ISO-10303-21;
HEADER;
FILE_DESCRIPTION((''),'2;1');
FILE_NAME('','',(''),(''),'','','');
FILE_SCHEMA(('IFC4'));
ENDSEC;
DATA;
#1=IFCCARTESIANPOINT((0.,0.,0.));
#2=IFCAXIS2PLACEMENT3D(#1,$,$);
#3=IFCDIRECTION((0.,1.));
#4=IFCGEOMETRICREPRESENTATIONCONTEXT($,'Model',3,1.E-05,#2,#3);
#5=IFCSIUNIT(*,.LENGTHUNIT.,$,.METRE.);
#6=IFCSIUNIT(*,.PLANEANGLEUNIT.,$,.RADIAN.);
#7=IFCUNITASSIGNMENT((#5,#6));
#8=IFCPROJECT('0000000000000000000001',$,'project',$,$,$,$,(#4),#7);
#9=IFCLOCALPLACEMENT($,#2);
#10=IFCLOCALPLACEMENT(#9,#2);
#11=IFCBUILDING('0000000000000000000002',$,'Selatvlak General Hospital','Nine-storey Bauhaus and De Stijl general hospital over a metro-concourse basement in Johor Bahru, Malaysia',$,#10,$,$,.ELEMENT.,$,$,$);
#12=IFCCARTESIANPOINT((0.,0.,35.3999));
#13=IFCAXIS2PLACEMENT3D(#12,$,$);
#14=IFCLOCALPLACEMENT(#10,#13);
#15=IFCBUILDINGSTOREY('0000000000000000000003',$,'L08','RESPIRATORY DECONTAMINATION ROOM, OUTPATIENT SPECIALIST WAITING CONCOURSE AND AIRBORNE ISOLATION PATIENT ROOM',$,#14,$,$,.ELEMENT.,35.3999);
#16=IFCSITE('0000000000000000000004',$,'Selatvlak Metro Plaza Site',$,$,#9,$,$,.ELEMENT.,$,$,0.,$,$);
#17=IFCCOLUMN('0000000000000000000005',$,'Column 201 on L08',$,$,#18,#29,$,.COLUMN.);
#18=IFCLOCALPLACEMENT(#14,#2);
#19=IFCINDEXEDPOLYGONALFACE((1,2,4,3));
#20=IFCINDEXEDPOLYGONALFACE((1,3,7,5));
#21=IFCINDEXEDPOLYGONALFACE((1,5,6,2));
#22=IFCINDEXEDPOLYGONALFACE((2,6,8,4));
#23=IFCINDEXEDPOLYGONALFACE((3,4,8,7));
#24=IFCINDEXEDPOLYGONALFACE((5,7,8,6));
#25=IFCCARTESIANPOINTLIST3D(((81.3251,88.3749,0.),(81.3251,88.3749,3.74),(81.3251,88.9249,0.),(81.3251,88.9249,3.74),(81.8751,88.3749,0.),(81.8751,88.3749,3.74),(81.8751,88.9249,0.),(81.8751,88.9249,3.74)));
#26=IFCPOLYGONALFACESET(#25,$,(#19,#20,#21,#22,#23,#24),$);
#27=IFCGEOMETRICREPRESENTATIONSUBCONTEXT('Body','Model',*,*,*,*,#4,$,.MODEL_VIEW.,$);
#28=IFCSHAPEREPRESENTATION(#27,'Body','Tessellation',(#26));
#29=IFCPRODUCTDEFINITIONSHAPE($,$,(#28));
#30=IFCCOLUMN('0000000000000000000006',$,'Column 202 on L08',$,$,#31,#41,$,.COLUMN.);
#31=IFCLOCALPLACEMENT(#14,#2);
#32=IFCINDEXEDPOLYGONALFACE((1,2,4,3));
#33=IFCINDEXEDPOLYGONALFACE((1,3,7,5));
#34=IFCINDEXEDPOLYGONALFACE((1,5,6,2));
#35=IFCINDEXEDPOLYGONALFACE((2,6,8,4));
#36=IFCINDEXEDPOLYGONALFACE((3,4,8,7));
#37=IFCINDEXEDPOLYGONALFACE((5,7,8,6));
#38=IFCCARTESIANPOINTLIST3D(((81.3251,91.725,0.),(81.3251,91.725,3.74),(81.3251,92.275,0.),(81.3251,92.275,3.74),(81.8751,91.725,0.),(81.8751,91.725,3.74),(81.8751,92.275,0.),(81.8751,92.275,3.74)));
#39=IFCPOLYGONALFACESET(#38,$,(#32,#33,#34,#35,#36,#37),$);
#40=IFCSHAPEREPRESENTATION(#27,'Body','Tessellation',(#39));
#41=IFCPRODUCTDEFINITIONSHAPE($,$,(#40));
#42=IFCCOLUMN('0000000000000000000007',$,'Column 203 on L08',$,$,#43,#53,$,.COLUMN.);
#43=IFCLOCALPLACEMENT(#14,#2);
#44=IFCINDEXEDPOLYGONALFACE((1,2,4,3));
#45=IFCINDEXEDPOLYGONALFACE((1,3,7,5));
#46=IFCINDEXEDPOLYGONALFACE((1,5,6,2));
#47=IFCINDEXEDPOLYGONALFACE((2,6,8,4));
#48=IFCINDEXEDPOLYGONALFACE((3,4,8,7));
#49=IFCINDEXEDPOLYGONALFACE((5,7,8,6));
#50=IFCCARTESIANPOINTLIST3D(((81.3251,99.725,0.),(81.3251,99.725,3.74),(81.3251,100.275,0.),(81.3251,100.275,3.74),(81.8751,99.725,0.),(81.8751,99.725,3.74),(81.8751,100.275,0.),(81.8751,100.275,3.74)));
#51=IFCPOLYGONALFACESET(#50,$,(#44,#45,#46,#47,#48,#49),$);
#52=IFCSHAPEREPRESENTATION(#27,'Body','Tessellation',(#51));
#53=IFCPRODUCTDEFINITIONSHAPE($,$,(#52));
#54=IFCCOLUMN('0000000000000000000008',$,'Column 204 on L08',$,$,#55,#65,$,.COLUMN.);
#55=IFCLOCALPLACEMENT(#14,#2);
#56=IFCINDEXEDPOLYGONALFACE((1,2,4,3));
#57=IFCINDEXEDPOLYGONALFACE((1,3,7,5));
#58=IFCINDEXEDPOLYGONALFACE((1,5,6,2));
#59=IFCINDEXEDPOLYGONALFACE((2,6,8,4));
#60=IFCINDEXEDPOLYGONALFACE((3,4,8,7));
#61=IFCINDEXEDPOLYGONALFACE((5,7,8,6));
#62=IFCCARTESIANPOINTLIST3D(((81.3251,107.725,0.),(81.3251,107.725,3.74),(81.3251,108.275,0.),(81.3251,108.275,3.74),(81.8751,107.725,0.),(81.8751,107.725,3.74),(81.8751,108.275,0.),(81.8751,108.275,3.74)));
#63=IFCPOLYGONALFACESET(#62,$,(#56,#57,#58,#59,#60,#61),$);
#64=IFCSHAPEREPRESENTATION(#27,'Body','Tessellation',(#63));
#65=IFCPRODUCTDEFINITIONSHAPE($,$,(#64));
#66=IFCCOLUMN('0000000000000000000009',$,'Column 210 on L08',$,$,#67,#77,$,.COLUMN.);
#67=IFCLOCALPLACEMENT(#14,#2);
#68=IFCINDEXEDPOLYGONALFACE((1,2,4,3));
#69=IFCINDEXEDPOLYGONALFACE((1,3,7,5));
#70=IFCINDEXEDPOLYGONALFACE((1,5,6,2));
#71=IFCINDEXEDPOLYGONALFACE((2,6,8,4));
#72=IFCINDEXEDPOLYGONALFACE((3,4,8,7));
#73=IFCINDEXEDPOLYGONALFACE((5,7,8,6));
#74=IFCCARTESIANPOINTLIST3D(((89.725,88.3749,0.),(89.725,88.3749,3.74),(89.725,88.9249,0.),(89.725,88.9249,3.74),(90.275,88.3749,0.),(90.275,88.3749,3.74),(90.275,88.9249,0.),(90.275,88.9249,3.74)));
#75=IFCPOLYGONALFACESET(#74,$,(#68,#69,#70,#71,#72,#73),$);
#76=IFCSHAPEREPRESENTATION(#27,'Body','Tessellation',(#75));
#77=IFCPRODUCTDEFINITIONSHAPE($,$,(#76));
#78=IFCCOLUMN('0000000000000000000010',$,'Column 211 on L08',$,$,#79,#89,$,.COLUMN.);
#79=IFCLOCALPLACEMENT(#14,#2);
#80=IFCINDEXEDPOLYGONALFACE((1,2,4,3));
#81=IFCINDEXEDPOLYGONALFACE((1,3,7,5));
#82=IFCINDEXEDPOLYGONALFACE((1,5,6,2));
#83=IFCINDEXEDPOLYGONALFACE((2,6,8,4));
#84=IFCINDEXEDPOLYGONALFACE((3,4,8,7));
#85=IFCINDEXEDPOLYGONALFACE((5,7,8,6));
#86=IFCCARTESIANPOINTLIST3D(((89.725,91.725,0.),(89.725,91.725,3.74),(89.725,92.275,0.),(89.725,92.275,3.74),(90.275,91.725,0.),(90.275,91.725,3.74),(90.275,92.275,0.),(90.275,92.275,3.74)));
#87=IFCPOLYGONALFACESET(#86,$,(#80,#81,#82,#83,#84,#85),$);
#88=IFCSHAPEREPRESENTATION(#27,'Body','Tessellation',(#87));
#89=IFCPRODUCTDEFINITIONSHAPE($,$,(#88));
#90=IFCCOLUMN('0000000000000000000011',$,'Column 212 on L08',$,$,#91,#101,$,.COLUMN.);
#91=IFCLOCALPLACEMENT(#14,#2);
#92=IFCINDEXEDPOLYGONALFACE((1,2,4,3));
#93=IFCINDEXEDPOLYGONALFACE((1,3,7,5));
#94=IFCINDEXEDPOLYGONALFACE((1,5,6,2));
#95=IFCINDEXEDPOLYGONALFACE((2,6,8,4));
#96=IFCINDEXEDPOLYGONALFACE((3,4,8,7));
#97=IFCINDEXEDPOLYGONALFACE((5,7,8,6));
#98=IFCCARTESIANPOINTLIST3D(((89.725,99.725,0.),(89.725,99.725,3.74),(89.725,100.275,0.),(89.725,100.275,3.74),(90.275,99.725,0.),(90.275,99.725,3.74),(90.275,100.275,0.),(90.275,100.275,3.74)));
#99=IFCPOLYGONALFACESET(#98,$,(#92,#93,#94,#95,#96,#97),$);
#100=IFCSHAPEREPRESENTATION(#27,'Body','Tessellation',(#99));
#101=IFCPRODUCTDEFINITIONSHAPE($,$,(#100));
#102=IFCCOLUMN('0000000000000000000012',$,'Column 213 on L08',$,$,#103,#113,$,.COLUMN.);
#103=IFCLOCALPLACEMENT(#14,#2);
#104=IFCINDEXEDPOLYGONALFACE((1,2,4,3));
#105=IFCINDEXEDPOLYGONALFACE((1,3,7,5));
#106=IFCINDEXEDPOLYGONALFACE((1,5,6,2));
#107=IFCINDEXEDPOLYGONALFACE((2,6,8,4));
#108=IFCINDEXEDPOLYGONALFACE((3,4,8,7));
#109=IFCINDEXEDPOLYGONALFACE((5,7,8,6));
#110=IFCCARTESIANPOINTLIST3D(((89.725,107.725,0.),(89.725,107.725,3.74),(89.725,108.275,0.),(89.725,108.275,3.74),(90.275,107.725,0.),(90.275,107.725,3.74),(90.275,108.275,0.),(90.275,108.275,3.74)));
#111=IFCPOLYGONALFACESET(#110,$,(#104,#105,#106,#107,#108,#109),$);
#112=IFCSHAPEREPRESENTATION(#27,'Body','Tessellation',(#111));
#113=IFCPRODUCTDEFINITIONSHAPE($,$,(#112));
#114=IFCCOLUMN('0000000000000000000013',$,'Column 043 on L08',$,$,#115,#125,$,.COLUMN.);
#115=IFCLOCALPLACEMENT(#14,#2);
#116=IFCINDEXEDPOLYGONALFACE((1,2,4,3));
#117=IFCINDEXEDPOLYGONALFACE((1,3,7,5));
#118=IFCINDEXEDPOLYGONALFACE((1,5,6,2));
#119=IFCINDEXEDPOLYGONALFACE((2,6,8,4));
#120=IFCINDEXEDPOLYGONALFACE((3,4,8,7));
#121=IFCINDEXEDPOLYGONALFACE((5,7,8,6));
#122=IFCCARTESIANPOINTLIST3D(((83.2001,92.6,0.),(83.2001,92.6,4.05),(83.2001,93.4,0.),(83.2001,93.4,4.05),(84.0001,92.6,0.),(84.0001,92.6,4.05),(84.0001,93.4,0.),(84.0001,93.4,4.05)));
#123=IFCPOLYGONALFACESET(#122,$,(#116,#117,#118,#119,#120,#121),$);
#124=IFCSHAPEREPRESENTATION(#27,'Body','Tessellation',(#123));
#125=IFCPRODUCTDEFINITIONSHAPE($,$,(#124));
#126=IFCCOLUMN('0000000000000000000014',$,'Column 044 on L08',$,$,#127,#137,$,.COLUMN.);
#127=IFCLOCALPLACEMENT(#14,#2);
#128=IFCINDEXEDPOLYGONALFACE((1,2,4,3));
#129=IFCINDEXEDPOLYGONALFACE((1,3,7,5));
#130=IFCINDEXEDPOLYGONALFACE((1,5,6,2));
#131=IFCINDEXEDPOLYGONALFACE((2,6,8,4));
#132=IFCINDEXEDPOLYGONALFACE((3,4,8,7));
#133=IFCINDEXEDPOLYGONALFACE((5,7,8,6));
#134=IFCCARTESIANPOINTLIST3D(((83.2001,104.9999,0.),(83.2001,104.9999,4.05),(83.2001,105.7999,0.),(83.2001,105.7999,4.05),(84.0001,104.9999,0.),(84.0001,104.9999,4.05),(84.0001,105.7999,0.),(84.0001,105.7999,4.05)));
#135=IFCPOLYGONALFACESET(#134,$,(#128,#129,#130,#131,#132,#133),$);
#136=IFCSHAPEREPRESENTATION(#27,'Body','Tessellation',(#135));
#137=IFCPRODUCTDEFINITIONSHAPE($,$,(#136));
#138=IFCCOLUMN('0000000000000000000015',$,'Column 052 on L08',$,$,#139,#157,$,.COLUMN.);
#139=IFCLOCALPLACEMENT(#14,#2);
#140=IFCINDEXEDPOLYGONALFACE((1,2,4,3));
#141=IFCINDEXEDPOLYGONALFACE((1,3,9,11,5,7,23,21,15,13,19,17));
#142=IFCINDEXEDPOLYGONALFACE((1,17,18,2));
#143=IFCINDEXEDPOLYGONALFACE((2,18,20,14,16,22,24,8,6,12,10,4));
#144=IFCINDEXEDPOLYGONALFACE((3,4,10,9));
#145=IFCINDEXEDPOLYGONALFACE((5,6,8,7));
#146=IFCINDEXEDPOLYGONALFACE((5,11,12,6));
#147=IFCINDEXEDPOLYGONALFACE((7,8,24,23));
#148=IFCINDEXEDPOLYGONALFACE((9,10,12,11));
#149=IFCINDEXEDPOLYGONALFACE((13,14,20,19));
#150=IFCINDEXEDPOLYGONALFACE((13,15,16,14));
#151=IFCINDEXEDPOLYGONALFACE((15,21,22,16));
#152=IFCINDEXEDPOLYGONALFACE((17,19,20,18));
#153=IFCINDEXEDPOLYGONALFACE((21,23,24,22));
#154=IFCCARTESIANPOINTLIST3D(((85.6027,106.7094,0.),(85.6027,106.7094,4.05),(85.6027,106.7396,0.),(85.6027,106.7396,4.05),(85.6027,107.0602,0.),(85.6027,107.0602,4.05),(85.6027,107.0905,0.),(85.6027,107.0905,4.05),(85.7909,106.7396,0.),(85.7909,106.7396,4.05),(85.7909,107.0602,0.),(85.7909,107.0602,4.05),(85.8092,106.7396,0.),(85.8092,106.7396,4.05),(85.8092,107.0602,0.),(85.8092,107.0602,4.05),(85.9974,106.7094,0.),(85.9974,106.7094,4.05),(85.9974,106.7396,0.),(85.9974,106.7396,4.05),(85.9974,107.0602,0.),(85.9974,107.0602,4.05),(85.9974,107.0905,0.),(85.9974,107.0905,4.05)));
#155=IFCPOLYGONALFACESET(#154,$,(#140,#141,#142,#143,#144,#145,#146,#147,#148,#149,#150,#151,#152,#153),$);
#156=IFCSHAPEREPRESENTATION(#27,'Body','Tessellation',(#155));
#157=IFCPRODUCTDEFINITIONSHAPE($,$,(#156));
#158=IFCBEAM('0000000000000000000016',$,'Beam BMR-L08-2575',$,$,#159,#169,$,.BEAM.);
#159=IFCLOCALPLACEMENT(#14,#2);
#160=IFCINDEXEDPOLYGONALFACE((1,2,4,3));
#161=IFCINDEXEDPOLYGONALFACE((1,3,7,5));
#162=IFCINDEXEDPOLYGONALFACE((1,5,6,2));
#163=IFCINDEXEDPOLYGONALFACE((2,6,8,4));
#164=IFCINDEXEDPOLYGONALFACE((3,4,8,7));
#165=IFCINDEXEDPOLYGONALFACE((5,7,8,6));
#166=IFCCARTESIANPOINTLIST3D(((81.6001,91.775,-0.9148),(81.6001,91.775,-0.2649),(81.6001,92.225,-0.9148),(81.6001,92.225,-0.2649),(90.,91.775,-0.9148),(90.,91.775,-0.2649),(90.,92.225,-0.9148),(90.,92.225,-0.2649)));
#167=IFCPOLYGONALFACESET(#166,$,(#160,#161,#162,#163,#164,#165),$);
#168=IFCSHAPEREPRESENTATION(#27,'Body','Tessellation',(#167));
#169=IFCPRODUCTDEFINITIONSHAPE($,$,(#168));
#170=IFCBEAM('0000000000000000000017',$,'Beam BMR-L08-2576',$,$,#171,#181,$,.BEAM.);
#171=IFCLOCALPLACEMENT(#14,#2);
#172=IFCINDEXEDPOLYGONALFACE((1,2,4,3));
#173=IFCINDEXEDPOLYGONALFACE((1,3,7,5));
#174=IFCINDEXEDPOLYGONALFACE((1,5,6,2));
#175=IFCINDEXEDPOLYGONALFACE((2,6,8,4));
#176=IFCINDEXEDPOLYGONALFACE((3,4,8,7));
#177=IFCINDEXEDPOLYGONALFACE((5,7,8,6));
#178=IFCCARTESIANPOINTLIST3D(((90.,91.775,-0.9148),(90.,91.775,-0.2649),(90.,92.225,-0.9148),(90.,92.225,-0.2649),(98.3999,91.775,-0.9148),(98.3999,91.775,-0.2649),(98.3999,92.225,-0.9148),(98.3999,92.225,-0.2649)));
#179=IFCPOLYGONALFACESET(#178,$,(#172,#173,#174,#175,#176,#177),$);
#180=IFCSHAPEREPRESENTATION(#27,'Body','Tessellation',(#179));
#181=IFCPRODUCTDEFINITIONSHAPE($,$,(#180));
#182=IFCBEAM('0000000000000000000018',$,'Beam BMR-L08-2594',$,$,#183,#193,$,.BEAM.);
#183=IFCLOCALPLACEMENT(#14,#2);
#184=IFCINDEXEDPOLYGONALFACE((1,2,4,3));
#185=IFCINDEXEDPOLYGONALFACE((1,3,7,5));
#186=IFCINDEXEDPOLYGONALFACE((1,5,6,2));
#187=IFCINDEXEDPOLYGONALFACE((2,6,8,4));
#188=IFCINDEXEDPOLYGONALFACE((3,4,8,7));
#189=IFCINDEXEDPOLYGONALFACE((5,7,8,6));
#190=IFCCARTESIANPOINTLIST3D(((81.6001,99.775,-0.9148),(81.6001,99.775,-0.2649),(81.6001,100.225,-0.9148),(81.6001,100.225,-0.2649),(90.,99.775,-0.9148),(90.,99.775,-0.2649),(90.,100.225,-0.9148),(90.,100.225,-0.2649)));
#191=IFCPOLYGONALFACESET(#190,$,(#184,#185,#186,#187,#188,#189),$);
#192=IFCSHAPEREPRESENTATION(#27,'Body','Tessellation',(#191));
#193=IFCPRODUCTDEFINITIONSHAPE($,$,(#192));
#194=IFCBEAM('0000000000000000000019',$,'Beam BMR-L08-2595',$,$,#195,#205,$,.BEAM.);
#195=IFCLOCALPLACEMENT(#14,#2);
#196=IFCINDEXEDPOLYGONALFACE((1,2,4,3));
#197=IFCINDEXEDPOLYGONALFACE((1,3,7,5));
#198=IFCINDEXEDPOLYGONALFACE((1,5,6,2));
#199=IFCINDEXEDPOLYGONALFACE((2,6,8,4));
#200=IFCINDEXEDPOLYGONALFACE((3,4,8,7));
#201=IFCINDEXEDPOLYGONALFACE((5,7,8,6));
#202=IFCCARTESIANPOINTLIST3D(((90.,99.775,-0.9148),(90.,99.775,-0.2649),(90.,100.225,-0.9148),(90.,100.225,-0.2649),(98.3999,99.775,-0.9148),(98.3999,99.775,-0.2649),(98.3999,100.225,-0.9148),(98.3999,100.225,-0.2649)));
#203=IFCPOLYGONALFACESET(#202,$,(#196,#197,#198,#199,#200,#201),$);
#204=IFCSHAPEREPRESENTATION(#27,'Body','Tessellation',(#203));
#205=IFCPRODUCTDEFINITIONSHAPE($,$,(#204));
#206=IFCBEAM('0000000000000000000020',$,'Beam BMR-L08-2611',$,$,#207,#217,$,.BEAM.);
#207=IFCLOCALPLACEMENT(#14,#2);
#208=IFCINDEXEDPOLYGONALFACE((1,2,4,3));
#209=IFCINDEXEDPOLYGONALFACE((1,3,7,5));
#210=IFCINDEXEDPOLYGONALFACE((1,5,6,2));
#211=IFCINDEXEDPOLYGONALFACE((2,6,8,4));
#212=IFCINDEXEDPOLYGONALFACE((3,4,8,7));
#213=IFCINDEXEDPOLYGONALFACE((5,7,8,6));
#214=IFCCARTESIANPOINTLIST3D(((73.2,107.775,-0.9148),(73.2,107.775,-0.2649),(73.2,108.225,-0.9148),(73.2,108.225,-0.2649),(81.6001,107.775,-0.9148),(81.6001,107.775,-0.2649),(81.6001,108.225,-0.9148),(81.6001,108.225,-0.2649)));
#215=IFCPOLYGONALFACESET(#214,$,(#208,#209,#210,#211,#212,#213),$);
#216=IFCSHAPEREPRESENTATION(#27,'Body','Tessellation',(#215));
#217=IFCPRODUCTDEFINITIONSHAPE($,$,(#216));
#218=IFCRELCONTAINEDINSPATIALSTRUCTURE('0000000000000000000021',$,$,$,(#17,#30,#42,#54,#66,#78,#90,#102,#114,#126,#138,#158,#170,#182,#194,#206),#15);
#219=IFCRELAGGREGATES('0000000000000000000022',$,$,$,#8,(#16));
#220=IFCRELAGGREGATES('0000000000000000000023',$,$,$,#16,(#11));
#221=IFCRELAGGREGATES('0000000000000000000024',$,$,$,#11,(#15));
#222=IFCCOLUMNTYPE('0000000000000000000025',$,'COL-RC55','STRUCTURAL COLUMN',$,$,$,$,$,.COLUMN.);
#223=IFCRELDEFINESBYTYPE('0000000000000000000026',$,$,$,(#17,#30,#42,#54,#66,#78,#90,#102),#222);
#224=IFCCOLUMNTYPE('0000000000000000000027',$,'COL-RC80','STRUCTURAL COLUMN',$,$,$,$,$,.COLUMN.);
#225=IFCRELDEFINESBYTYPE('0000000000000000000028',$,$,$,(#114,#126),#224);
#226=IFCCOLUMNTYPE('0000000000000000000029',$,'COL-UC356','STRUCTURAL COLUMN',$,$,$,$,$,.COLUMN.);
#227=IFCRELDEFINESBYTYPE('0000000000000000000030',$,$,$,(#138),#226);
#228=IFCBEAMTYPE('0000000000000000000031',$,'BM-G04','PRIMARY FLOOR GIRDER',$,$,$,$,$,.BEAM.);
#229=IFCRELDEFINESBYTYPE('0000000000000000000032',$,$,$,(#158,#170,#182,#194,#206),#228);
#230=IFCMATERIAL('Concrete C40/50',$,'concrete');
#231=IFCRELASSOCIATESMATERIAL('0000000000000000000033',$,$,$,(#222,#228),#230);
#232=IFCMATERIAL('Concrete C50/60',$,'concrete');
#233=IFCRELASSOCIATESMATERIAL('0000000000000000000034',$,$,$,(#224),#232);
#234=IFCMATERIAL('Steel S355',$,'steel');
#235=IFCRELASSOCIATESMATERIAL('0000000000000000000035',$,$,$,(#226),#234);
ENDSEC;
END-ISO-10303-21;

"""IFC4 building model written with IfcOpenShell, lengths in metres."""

from ifc_helpers import new_model, si_unit, direction, frame, origin, origin_2d, place, context, subcontext, project, spatial, rectangle, i_section, extrude, material, material_profile, profile_set, type_object, element, save


model = new_model("IFC4")

# Units and contexts
model_context = context("Model", 3, precision=1e-05, world=origin(), true_north=direction((0.0, 1.0)))
body_context = subcontext(model_context, "Body", "Model", "MODEL_VIEW")
ifc_project = project(units=[si_unit("LENGTHUNIT", "METRE"), si_unit("PLANEANGLEUNIT", "RADIAN")], contexts=[model_context])

# Site, building, storey
site_placement = place(None, origin())
site = spatial("IfcSite", under=ifc_project, at=site_placement, Name="Selatvlak Metro Plaza Site", CompositionType="ELEMENT", RefElevation=0.0)
building_placement = place(site_placement, origin())
building = spatial("IfcBuilding", under=site, at=building_placement, Name="Selatvlak General Hospital", Description="Nine-storey Bauhaus and De Stijl general hospital over a metro-concourse basement in Johor Bahru, Malaysia", CompositionType="ELEMENT")
storey_placement = place(building_placement, frame((0.0, 0.0, 35.3999)))
storey = spatial("IfcBuildingStorey", under=building, at=storey_placement, Name="L08", Description="RESPIRATORY DECONTAMINATION ROOM, OUTPATIENT SPECIALIST WAITING CONCOURSE AND AIRBORNE ISOLATION PATIENT ROOM", CompositionType="ELEMENT", Elevation=35.3999)

# Columns
ifc_material_1 = material(Name="Concrete C40/50", Category="concrete")
ifc_material_profile_1 = material_profile(ifc_material_1, rectangle(XDim=0.55, YDim=0.55, at=origin_2d()), Name="RC-COL 550x550")
ifc_profile_set_1 = profile_set([ifc_material_profile_1], Name="Concrete C40/50")
column_type_1 = type_object("IfcColumnType", Name="COL-RC55", Description="STRUCTURAL COLUMN", PredefinedType="COLUMN", material=ifc_profile_set_1)
for number, where, z_axis, x_axis, name in (
    (1, (81.6001, 88.6499, 0.0), (0.0, 0.0, 1.0), (1.0, 0.0, 0.0), "Column 201 on L08"),
    (2, (81.6001, 92.0, 0.0), (0.0, 0.0, 1.0), (1.0, 0.0, 0.0), "Column 202 on L08"),
    (3, (81.6001, 100.0, 0.0), (0.0, 0.0, 1.0), (1.0, 0.0, 0.0), "Column 203 on L08"),
    (4, (81.6001, 108.0, 0.0), (0.0, 0.0, 1.0), (1.0, 0.0, 0.0), "Column 204 on L08"),
    (5, (90.0, 88.6499, 0.0), (0.0, 0.0, 1.0), (1.0, 0.0, 0.0), "Column 210 on L08"),
    (6, (90.0, 92.0, 0.0), (0.0, 0.0, 1.0), (1.0, 0.0, 0.0), "Column 211 on L08"),
    (7, (90.0, 100.0, 0.0), (0.0, 0.0, 1.0), (1.0, 0.0, 0.0), "Column 212 on L08"),
    (8, (90.0, 108.0, 0.0), (0.0, 0.0, 1.0), (1.0, 0.0, 0.0), "Column 213 on L08"),
):
    element("IfcColumn", number, at=place(storey_placement, frame(where, z_axis=z_axis, x_axis=x_axis)), inside=storey, type_object=column_type_1, Name=name, PredefinedType="COLUMN", context=body_context, shape_type="SweptSolid", body=[
        extrude(rectangle(XDim=0.55, YDim=0.55, at=origin_2d()), origin(), (0.0, 0.0, 1.0), 3.74),
    ])
ifc_material_2 = material(Name="Concrete C50/60", Category="concrete")
ifc_material_profile_2 = material_profile(ifc_material_2, rectangle(XDim=0.8, YDim=0.8, at=origin_2d()), Name="RC-COL 800x800")
ifc_profile_set_2 = profile_set([ifc_material_profile_2], Name="Concrete C50/60")
column_type_2 = type_object("IfcColumnType", Name="COL-RC80", Description="STRUCTURAL COLUMN", PredefinedType="COLUMN", material=ifc_profile_set_2)
for number, where, z_axis, x_axis, name in (
    (9, (83.6001, 93.0, 0.0), (0.0, 0.0, 1.0), (1.0, 0.0, 0.0), "Column 043 on L08"),
    (10, (83.6001, 105.3999, 0.0), (0.0, 0.0, 1.0), (1.0, 0.0, 0.0), "Column 044 on L08"),
):
    element("IfcColumn", number, at=place(storey_placement, frame(where, z_axis=z_axis, x_axis=x_axis)), inside=storey, type_object=column_type_2, Name=name, PredefinedType="COLUMN", context=body_context, shape_type="SweptSolid", body=[
        extrude(rectangle(XDim=0.8, YDim=0.8, at=origin_2d()), origin(), (0.0, 0.0, 1.0), 4.05),
    ])
ifc_material_3 = material(Name="Steel S355", Category="steel")
ifc_material_profile_3 = material_profile(ifc_material_3, i_section(OverallWidth=0.3948, OverallDepth=0.3811, WebThickness=0.0183, FlangeThickness=0.0303, at=origin_2d()), Name="UC 356x406x235")
ifc_profile_set_3 = profile_set([ifc_material_profile_3], Name="Steel S355")
column_type_3 = type_object("IfcColumnType", Name="COL-UC356", Description="STRUCTURAL COLUMN", PredefinedType="COLUMN", material=ifc_profile_set_3)
column_placement = place(storey_placement, frame((85.8, 106.8999, 0.0), z_axis=(0.0, 0.0, 1.0), x_axis=(1.0, 0.0, 0.0)))
element("IfcColumn", 11, at=column_placement, inside=storey, type_object=column_type_3, Name="Column 052 on L08", PredefinedType="COLUMN", context=body_context, shape_type="SweptSolid", body=[
    extrude(i_section(OverallWidth=0.3948, OverallDepth=0.3811, WebThickness=0.0183, FlangeThickness=0.0303, at=origin_2d()), origin(), (0.0, 0.0, 1.0), 4.05),
])

# Beams
ifc_material_profile_4 = material_profile(ifc_material_1, rectangle(XDim=0.45, YDim=0.6499, at=origin_2d()), Name="RC-BM 450x650")
ifc_profile_set_4 = profile_set([ifc_material_profile_4], Name="Concrete C40/50")
beam_type_1 = type_object("IfcBeamType", Name="BM-G04", Description="PRIMARY FLOOR GIRDER", PredefinedType="BEAM", material=ifc_profile_set_4)
for number, where, z_axis, x_axis, name in (
    (12, (81.6001, 92.0, -0.5898), (1.0, 0.0, 0.0), (0.0, 1.0, 0.0), "Beam BMR-L08-2575"),
    (13, (90.0, 92.0, -0.5898), (1.0, 0.0, 0.0), (0.0, 1.0, 0.0), "Beam BMR-L08-2576"),
    (14, (81.6001, 100.0, -0.5898), (1.0, 0.0, 0.0), (0.0, 1.0, 0.0), "Beam BMR-L08-2594"),
    (15, (90.0, 100.0, -0.5898), (1.0, 0.0, 0.0), (0.0, 1.0, 0.0), "Beam BMR-L08-2595"),
):
    element("IfcBeam", number, at=place(storey_placement, frame(where, z_axis=z_axis, x_axis=x_axis)), inside=storey, type_object=beam_type_1, Name=name, PredefinedType="BEAM", context=body_context, shape_type="SweptSolid", body=[
        extrude(rectangle(XDim=0.45, YDim=0.6499, at=origin_2d()), origin(), (0.0, 0.0, 1.0), 8.3999),
    ])
beam_1_placement = place(storey_placement, frame((73.2, 108.0, -0.5898), z_axis=(1.0, 0.0, 0.0), x_axis=(0.0, 1.0, 0.0)))
element("IfcBeam", 16, at=beam_1_placement, inside=storey, type_object=beam_type_1, Name="Beam BMR-L08-2611", PredefinedType="BEAM", context=body_context, shape_type="SweptSolid", body=[
    extrude(rectangle(XDim=0.45, YDim=0.6499, at=origin_2d()), origin(), (0.0, 0.0, 1.0), 8.4001),
])

save(model, "model.ifc")
